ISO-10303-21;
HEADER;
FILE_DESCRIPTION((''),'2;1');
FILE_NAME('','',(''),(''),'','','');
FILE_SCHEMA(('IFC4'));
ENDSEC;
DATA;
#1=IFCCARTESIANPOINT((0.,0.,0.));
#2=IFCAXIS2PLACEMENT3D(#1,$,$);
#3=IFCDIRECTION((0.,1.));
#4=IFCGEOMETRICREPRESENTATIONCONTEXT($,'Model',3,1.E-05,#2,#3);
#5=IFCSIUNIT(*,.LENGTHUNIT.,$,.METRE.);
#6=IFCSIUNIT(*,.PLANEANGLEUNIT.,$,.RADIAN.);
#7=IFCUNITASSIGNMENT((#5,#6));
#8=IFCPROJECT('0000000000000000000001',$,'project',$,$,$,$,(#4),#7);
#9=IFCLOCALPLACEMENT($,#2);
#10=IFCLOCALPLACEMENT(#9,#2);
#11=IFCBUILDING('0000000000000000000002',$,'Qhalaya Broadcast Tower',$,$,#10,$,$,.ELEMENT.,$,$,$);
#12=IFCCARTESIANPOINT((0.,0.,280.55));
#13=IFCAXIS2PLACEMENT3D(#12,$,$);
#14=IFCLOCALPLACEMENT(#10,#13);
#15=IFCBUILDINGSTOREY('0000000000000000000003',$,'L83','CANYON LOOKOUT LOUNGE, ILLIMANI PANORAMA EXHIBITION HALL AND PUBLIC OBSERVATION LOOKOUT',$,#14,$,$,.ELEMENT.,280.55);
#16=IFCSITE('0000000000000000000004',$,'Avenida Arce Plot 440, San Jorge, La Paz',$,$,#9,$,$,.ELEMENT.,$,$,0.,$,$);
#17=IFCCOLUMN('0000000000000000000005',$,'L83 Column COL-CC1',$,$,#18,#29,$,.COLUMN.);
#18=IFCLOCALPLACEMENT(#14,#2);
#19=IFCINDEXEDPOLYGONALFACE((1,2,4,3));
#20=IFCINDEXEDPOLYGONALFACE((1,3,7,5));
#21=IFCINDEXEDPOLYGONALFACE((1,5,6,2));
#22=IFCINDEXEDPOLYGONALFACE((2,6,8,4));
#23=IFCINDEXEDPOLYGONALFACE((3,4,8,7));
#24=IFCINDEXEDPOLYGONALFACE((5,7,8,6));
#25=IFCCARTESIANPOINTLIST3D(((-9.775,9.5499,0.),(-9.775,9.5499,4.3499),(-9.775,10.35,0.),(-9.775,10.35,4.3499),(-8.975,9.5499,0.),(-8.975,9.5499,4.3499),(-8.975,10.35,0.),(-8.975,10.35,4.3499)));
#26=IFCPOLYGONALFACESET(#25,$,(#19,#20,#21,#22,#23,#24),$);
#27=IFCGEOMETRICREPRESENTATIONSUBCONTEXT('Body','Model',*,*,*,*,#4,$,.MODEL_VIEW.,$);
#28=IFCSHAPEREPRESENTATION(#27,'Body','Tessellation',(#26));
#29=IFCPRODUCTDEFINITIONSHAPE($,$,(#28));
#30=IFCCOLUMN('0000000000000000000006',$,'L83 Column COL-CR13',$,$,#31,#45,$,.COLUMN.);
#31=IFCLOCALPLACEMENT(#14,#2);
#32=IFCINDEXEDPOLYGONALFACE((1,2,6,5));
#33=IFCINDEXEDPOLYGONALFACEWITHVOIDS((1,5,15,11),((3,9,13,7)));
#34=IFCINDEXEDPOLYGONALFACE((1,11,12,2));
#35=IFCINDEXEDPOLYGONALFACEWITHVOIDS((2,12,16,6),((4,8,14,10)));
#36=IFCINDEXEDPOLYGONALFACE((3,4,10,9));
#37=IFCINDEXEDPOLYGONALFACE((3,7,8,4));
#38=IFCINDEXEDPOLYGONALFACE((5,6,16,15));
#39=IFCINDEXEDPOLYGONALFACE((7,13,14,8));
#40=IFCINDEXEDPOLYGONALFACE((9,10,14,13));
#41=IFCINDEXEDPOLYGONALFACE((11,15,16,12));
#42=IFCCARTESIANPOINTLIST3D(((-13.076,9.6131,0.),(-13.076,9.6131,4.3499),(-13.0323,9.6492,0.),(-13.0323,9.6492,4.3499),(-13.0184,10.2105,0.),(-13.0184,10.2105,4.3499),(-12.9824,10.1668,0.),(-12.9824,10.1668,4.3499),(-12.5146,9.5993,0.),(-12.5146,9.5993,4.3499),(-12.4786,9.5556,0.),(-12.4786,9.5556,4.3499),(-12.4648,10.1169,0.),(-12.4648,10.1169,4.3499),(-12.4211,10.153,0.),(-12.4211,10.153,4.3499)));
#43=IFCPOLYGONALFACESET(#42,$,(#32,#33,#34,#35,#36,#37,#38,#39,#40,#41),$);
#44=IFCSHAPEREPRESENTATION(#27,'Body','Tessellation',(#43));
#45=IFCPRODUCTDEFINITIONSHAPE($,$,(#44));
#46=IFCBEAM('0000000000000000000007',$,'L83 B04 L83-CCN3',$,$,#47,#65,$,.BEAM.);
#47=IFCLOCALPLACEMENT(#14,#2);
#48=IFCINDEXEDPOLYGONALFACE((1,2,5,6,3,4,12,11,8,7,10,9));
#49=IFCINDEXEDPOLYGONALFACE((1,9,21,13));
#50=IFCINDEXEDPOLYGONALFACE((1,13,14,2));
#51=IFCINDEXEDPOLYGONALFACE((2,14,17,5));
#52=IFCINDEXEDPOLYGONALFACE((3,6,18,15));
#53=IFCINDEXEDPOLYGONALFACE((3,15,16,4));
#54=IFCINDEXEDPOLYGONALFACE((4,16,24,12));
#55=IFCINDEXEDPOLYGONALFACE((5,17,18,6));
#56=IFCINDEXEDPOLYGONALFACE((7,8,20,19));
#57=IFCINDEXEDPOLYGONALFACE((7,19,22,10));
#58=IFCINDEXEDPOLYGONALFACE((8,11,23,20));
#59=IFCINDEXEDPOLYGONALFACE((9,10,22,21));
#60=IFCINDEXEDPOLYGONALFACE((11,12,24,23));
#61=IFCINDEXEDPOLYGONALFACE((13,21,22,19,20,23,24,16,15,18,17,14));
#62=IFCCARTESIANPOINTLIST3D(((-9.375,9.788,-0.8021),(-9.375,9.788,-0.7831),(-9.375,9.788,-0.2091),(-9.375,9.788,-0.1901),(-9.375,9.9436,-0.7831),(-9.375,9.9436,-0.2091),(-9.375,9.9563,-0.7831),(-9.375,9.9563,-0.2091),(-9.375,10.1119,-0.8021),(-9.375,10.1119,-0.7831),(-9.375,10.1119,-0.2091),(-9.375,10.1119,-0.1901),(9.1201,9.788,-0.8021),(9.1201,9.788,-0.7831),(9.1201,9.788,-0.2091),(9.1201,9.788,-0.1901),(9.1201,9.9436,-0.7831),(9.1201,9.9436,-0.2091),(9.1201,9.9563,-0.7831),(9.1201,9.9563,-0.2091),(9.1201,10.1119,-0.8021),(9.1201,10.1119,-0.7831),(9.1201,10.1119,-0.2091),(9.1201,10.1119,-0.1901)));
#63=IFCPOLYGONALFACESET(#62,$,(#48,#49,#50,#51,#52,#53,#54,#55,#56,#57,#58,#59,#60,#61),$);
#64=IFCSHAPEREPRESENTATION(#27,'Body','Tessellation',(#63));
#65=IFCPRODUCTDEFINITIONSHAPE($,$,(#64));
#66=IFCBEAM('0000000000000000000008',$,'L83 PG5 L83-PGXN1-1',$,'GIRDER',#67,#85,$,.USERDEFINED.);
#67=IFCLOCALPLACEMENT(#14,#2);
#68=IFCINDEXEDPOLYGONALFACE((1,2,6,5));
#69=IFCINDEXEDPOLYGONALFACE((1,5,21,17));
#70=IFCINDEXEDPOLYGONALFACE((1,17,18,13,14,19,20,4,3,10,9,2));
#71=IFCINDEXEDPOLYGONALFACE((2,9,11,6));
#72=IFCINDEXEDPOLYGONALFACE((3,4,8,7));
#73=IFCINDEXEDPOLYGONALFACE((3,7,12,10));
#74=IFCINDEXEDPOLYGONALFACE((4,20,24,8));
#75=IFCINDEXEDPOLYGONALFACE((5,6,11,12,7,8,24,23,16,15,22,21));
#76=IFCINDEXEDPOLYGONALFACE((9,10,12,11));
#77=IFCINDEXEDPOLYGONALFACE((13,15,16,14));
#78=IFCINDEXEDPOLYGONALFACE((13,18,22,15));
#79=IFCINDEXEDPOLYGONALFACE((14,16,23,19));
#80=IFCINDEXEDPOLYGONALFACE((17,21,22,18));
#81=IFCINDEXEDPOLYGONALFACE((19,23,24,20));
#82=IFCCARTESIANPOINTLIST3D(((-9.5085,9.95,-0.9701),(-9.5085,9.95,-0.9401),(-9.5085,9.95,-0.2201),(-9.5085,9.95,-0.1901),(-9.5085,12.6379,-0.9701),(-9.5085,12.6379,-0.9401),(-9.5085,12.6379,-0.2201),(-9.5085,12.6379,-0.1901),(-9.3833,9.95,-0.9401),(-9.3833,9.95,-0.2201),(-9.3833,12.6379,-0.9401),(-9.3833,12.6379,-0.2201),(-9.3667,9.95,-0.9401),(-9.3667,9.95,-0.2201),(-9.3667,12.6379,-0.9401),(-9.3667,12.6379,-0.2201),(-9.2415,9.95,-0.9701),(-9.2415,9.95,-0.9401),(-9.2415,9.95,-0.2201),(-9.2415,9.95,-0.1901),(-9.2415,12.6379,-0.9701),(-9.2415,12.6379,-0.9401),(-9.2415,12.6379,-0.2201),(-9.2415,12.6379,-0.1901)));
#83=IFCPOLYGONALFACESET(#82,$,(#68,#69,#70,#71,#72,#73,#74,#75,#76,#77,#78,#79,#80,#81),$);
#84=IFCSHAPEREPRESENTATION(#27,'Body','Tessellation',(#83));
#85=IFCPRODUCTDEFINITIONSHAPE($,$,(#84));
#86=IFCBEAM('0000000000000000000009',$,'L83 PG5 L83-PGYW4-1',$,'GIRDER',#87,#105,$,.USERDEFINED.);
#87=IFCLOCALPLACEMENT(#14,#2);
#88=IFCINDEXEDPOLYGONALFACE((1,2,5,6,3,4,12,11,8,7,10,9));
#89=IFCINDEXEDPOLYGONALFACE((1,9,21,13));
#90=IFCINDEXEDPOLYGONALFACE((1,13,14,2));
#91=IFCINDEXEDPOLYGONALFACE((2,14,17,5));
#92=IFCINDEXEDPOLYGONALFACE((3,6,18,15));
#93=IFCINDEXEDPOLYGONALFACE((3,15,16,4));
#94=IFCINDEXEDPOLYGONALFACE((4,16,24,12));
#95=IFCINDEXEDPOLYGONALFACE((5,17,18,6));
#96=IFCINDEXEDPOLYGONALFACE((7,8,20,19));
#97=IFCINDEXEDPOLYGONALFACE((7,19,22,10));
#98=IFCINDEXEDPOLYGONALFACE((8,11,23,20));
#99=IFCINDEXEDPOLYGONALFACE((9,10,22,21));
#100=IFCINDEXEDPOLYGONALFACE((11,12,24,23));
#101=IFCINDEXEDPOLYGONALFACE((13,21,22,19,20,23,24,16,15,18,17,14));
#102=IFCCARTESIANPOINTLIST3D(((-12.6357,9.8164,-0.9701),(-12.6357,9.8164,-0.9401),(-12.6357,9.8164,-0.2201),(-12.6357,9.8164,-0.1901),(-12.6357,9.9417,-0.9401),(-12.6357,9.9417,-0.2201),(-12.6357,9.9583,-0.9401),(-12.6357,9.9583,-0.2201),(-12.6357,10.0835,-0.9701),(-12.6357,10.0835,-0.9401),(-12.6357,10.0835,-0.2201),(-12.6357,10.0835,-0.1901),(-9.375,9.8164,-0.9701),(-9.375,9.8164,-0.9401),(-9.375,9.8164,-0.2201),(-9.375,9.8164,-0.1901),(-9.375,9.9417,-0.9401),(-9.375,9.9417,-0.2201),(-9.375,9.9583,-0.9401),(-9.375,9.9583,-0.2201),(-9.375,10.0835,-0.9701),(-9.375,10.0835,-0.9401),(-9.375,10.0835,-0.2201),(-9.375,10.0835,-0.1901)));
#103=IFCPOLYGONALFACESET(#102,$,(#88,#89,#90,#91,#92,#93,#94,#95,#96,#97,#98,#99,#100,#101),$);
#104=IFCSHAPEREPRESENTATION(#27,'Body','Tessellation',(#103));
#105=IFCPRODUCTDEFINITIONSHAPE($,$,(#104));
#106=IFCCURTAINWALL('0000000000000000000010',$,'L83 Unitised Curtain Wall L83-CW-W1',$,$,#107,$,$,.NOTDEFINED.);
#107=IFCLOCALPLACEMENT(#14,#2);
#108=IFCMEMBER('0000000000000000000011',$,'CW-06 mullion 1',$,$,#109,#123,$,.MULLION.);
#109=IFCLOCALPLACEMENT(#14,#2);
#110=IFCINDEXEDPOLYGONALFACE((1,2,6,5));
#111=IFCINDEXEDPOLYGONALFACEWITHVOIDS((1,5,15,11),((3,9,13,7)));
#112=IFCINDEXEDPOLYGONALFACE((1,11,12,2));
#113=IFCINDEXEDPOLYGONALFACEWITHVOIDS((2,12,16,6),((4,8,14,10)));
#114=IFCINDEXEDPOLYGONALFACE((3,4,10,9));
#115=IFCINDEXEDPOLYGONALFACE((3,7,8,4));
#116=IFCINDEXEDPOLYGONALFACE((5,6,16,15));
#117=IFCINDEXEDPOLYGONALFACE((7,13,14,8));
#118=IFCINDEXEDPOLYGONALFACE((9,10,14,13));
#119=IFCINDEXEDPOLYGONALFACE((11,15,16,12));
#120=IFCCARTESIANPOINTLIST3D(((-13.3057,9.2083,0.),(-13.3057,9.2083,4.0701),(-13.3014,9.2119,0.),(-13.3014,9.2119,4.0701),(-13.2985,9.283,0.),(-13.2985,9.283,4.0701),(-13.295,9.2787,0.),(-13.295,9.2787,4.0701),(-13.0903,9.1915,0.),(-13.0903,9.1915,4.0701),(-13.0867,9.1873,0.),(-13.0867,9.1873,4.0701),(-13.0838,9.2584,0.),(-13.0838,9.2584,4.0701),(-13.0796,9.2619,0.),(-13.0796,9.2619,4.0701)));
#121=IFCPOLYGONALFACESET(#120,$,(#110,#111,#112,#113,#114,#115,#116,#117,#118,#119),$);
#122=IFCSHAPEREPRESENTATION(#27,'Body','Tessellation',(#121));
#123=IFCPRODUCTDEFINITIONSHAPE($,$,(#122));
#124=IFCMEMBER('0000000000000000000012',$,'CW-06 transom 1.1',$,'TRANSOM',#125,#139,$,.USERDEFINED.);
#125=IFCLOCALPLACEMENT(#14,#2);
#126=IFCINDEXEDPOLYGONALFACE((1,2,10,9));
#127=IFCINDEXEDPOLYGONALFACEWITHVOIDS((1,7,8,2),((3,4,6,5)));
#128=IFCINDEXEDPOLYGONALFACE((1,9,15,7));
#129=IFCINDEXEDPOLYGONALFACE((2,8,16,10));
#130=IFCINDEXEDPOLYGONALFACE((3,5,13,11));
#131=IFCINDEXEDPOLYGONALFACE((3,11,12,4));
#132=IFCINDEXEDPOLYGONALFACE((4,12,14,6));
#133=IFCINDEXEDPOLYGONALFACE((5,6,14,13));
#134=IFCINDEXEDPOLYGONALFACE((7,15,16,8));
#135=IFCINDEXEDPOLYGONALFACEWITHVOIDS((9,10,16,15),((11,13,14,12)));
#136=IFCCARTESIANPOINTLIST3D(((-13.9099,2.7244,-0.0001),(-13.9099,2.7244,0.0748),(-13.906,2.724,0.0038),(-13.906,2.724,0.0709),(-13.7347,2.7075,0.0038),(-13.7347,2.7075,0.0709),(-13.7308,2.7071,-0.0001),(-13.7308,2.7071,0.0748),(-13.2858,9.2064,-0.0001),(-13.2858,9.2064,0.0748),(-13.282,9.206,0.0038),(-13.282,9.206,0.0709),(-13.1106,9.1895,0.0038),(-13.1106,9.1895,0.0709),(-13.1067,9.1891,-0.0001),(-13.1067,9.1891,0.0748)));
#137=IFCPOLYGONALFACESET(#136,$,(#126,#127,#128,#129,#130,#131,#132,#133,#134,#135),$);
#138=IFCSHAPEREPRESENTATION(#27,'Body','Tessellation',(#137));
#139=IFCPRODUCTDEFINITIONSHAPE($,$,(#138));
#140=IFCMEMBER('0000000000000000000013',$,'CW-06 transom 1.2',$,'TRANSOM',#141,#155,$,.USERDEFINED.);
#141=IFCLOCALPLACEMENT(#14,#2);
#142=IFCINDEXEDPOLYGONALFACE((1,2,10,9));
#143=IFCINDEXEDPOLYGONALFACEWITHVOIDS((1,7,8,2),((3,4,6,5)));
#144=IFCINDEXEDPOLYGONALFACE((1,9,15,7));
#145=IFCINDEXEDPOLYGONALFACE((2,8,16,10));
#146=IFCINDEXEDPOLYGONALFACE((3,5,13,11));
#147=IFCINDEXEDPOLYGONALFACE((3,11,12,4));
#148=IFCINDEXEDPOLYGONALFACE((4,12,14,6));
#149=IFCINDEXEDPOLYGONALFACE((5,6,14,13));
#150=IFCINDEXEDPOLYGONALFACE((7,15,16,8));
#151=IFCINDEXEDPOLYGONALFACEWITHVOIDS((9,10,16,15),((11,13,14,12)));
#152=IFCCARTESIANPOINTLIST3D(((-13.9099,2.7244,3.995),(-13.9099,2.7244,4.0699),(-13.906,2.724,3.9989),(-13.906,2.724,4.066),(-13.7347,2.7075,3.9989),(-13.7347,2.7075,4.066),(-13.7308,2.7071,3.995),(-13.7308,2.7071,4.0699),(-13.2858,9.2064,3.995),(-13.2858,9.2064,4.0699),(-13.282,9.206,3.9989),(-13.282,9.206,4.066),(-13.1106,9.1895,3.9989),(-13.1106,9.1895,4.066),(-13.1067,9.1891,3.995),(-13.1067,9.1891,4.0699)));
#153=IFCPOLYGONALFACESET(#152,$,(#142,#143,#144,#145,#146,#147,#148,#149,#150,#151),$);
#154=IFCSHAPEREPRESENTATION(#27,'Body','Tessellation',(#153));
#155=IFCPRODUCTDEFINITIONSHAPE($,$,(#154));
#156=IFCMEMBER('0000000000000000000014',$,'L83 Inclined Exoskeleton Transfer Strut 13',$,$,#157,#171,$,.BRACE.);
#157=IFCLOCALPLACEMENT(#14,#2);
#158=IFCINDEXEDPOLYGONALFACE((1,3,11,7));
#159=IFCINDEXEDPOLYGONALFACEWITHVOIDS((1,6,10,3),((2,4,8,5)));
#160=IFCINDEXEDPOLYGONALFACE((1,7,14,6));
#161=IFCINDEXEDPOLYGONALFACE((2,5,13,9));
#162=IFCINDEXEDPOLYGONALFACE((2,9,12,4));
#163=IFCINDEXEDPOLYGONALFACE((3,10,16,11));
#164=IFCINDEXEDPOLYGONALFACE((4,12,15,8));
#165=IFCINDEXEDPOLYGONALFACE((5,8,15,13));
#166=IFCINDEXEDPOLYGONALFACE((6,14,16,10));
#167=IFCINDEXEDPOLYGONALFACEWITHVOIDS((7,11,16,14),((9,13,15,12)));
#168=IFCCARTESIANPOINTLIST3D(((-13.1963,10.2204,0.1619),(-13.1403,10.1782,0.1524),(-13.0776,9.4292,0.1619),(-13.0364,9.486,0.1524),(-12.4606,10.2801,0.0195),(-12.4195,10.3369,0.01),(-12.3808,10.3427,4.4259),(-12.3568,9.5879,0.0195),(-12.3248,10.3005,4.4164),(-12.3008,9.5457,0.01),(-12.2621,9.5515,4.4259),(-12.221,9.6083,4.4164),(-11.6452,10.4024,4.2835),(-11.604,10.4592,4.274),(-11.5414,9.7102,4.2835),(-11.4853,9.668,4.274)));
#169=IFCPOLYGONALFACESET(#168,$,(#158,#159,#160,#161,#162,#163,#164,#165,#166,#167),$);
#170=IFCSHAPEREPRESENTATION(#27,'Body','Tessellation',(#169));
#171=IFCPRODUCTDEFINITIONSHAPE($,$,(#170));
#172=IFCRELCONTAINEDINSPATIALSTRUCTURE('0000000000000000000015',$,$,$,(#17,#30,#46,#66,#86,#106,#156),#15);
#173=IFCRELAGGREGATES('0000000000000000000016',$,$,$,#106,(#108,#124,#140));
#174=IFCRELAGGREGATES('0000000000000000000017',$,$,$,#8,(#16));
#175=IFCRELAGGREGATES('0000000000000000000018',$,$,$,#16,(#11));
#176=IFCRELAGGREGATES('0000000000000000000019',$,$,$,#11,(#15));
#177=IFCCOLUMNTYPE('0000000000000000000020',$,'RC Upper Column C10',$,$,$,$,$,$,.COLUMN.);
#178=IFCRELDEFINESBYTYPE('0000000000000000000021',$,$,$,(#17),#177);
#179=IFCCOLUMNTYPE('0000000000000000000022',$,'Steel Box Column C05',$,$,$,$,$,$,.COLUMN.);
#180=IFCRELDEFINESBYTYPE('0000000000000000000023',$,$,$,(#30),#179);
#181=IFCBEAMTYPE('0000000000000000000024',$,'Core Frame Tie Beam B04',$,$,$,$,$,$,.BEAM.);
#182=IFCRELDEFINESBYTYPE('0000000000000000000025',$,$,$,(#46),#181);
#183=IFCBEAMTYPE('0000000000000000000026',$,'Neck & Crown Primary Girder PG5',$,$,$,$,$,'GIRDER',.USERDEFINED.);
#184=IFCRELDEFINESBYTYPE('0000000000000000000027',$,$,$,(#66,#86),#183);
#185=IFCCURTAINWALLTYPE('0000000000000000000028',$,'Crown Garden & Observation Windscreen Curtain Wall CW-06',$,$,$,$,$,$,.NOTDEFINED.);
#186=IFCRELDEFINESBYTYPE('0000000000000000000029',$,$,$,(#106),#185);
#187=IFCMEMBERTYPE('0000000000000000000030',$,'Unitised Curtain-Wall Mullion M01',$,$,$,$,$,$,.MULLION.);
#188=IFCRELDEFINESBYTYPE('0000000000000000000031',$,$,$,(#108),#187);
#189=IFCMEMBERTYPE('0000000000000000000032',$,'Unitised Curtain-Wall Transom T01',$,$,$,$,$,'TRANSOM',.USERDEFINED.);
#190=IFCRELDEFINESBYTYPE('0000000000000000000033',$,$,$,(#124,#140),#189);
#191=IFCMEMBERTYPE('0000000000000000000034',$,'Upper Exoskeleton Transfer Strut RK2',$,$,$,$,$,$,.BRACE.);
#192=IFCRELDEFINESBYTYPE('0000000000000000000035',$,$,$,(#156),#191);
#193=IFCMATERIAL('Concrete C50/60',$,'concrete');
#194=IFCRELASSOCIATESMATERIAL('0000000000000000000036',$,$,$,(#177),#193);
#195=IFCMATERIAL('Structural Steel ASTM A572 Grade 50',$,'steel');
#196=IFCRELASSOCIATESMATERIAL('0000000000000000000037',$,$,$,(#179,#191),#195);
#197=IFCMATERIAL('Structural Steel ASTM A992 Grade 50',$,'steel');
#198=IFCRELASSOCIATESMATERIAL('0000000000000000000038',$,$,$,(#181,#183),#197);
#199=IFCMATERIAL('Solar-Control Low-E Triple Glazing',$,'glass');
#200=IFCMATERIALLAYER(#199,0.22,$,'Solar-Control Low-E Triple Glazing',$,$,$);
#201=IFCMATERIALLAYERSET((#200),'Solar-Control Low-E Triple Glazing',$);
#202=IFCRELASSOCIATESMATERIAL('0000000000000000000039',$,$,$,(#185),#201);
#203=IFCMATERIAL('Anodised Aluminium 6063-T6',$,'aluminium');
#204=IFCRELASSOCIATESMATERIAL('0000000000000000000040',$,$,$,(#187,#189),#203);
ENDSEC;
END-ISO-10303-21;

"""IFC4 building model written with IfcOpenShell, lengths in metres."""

from ifc_helpers import new_model, si_unit, direction, frame, origin, origin_2d, place, context, subcontext, project, spatial, rectangle, hollow_rectangle, i_section, extrude, material, layer, layer_set, material_profile, profile_set, type_object, element, aggregate, save


model = new_model("IFC4")

# Units and contexts
model_context = context("Model", 3, precision=1e-05, world=origin(), true_north=direction((0.0, 1.0)))
body_context = subcontext(model_context, "Body", "Model", "MODEL_VIEW")
ifc_project = project(units=[si_unit("LENGTHUNIT", "METRE"), si_unit("PLANEANGLEUNIT", "RADIAN")], contexts=[model_context])

# Site, building, storey
site_placement = place(None, origin())
site = spatial("IfcSite", under=ifc_project, at=site_placement, Name="Avenida Arce Plot 440, San Jorge, La Paz", CompositionType="ELEMENT", RefElevation=0.0)
building_placement = place(site_placement, origin())
building = spatial("IfcBuilding", under=site, at=building_placement, Name="Qhalaya Broadcast Tower", CompositionType="ELEMENT")
storey_placement = place(building_placement, frame((0.0, 0.0, 280.55)))
storey = spatial("IfcBuildingStorey", under=building, at=storey_placement, Name="L83", Description="CANYON LOOKOUT LOUNGE, ILLIMANI PANORAMA EXHIBITION HALL AND PUBLIC OBSERVATION LOOKOUT", CompositionType="ELEMENT", Elevation=280.55)

# Columns
ifc_material_1 = material(Name="Concrete C50/60", Category="concrete")
ifc_material_profile_1 = material_profile(ifc_material_1, rectangle(XDim=0.8, YDim=0.8, at=origin_2d()), Name="RC-COL 800x800")
ifc_profile_set_1 = profile_set([ifc_material_profile_1], Name="Concrete C50/60")
column_type_1 = type_object("IfcColumnType", Name="RC Upper Column C10", PredefinedType="COLUMN", material=ifc_profile_set_1)
column_1_placement = place(storey_placement, frame((-9.375, 9.95, 0.0), z_axis=(0.0, 0.0, 1.0), x_axis=(1.0, 0.0, 0.0)))
element("IfcColumn", 1, at=column_1_placement, inside=storey, type_object=column_type_1, Name="L83 Column COL-CC1", PredefinedType="COLUMN", context=body_context, shape_type="SweptSolid", body=[
    extrude(rectangle(XDim=0.8, YDim=0.8, at=origin_2d()), origin(), (0.0, 0.0, 1.0), 4.3499),
])
ifc_material_2 = material(Name="Structural Steel ASTM A572 Grade 50", Category="steel")
ifc_material_profile_2 = material_profile(ifc_material_2, hollow_rectangle(XDim=0.6001, YDim=0.6001, WallThickness=0.04, at=origin_2d()), Name="BOX 600x600x40")
ifc_profile_set_2 = profile_set([ifc_material_profile_2], Name="Structural Steel ASTM A572 Grade 50")
column_type_2 = type_object("IfcColumnType", Name="Steel Box Column C05", PredefinedType="COLUMN", material=ifc_profile_set_2)
column_2_placement = place(storey_placement, frame((-12.7485, 9.8831, 0.0), z_axis=(0.0, 0.0, 1.0), x_axis=(0.095846, 0.995396, 0.0)))
element("IfcColumn", 2, at=column_2_placement, inside=storey, type_object=column_type_2, Name="L83 Column COL-CR13", PredefinedType="COLUMN", context=body_context, shape_type="SweptSolid", body=[
    extrude(hollow_rectangle(XDim=0.6001, YDim=0.6001, WallThickness=0.04, at=origin_2d()), origin(), (0.0, 0.0, 1.0), 4.3499),
])

# Beams
ifc_material_3 = material(Name="Structural Steel ASTM A992 Grade 50", Category="steel")
ifc_material_profile_3 = material_profile(ifc_material_3, i_section(OverallWidth=0.324, OverallDepth=0.6121, WebThickness=0.0127, FlangeThickness=0.019, at=origin_2d()), Name="W24X104")
ifc_profile_set_3 = profile_set([ifc_material_profile_3], Name="Structural Steel ASTM A992 Grade 50")
beam_type_1 = type_object("IfcBeamType", Name="Core Frame Tie Beam B04", PredefinedType="BEAM", material=ifc_profile_set_3)
beam_1_placement = place(storey_placement, frame((-9.375, 9.95, -0.4961), z_axis=(1.0, 0.0, 0.0), x_axis=(0.0, 1.0, 0.0)))
element("IfcBeam", 3, at=beam_1_placement, inside=storey, type_object=beam_type_1, Name="L83 B04 L83-CCN3", PredefinedType="BEAM", context=body_context, shape_type="SweptSolid", body=[
    extrude(i_section(OverallWidth=0.324, OverallDepth=0.6121, WebThickness=0.0127, FlangeThickness=0.019, at=origin_2d()), origin(), (0.0, 0.0, 1.0), 18.4951),
])
ifc_material_profile_4 = material_profile(ifc_material_3, i_section(OverallWidth=0.2671, OverallDepth=0.78, WebThickness=0.0166, FlangeThickness=0.03, at=origin_2d()), Name="W30X148")
ifc_profile_set_4 = profile_set([ifc_material_profile_4], Name="Structural Steel ASTM A992 Grade 50")
beam_type_2 = type_object("IfcBeamType", Name="Neck & Crown Primary Girder PG5", ElementType="GIRDER", PredefinedType="USERDEFINED", material=ifc_profile_set_4)
beam_2_placement = place(storey_placement, frame((-9.375, 9.95, -0.5801), z_axis=(0.0, 1.0, 0.0), x_axis=(-1.0, 0.0, 0.0)))
element("IfcBeam", 4, at=beam_2_placement, inside=storey, type_object=beam_type_2, Name="L83 PG5 L83-PGXN1-1", ObjectType="GIRDER", PredefinedType="USERDEFINED", context=body_context, shape_type="SweptSolid", body=[
    extrude(i_section(OverallWidth=0.2671, OverallDepth=0.78, WebThickness=0.0166, FlangeThickness=0.03, at=origin_2d()), origin(), (0.0, 0.0, 1.0), 2.688),
])
beam_3_placement = place(storey_placement, frame((-12.6357, 9.95, -0.5801), z_axis=(1.0, 0.0, 0.0), x_axis=(0.0, 1.0, 0.0)))
element("IfcBeam", 5, at=beam_3_placement, inside=storey, type_object=beam_type_2, Name="L83 PG5 L83-PGYW4-1", ObjectType="GIRDER", PredefinedType="USERDEFINED", context=body_context, shape_type="SweptSolid", body=[
    extrude(i_section(OverallWidth=0.2671, OverallDepth=0.78, WebThickness=0.0166, FlangeThickness=0.03, at=origin_2d()), origin(), (0.0, 0.0, 1.0), 3.2607),
])

# Curtain wall, members
ifc_material_4 = material(Name="Solar-Control Low-E Triple Glazing", Category="glass")
ifc_layer_1 = layer(ifc_material_4, 0.22, Name="Solar-Control Low-E Triple Glazing")
ifc_layer_set_1 = layer_set([ifc_layer_1], Name="Solar-Control Low-E Triple Glazing")
curtain_wall_type = type_object("IfcCurtainWallType", Name="Crown Garden & Observation Windscreen Curtain Wall CW-06", PredefinedType="NOTDEFINED", material=ifc_layer_set_1)
curtain_wall_placement = place(storey_placement, origin())
curtain_wall = element("IfcCurtainWall", 6, at=curtain_wall_placement, inside=storey, type_object=curtain_wall_type, Name="L83 Unitised Curtain Wall L83-CW-W1", PredefinedType="NOTDEFINED")
ifc_material_5 = material(Name="Anodised Aluminium 6063-T6", Category="aluminium")
ifc_material_profile_5 = material_profile(ifc_material_5, hollow_rectangle(XDim=0.075, YDim=0.22, WallThickness=0.0039, at=origin_2d()), Name="ALU-MUL 75x220x4")
ifc_profile_set_5 = profile_set([ifc_material_profile_5], Name="Anodised Aluminium 6063-T6")
member_type_1 = type_object("IfcMemberType", Name="Unitised Curtain-Wall Mullion M01", PredefinedType="MULLION", material=ifc_profile_set_5)
member_1_placement = place(storey_placement, frame((-13.1926, 9.2351, 0.0), z_axis=(0.0, 0.0, 1.0), x_axis=(-0.095843, -0.995397, 0.0)))
member_1 = element("IfcMember", 7, at=member_1_placement, type_object=member_type_1, Name="CW-06 mullion 1", PredefinedType="MULLION", context=body_context, shape_type="SweptSolid", body=[
    extrude(hollow_rectangle(XDim=0.075, YDim=0.22, WallThickness=0.0039, at=origin_2d()), origin(), (0.0, 0.0, 1.0), 4.0701),
])
ifc_material_profile_6 = material_profile(ifc_material_5, hollow_rectangle(XDim=0.075, YDim=0.1799, WallThickness=0.0039, at=origin_2d()), Name="ALU-TRN 75x180x4")
ifc_profile_set_6 = profile_set([ifc_material_profile_6], Name="Anodised Aluminium 6063-T6")
member_type_2 = type_object("IfcMemberType", Name="Unitised Curtain-Wall Transom T01", ElementType="TRANSOM", PredefinedType="USERDEFINED", material=ifc_profile_set_6)
member_2_placement = place(storey_placement, frame((-13.1963, 9.1978, 0.0374), z_axis=(-0.095828, -0.995398, 0.0), x_axis=(0.0, 0.0, 1.0)))
member_2 = element("IfcMember", 8, at=member_2_placement, type_object=member_type_2, Name="CW-06 transom 1.1", ObjectType="TRANSOM", PredefinedType="USERDEFINED", context=body_context, shape_type="SweptSolid", body=[
    extrude(hollow_rectangle(XDim=0.075, YDim=0.1799, WallThickness=0.0039, at=origin_2d()), origin(), (0.0, 0.0, 1.0), 6.512),
])
member_3_placement = place(storey_placement, frame((-13.1963, 9.1978, 4.0325), z_axis=(-0.095828, -0.995398, 0.0), x_axis=(0.0, 0.0, 1.0)))
member_3 = element("IfcMember", 9, at=member_3_placement, type_object=member_type_2, Name="CW-06 transom 1.2", ObjectType="TRANSOM", PredefinedType="USERDEFINED", context=body_context, shape_type="SweptSolid", body=[
    extrude(hollow_rectangle(XDim=0.075, YDim=0.1799, WallThickness=0.0039, at=origin_2d()), origin(), (0.0, 0.0, 1.0), 6.512),
])
aggregate(curtain_wall, [member_1, member_2, member_3])

# Member
ifc_material_profile_7 = material_profile(ifc_material_2, hollow_rectangle(XDim=0.8, YDim=0.8, WallThickness=0.05, at=origin_2d()), Name="BOX 800x800x50")
ifc_profile_set_7 = profile_set([ifc_material_profile_7], Name="Structural Steel ASTM A572 Grade 50")
member_type_3 = type_object("IfcMemberType", Name="Upper Exoskeleton Transfer Strut RK2", PredefinedType="BRACE", material=ifc_profile_set_7)
member_4_placement = place(storey_placement, frame((-12.7485, 9.8831, 0.0859), z_axis=(0.187761, 0.028164, 0.981811), x_axis=(-0.14834, 0.988936, 0.0)))
element("IfcMember", 10, at=member_4_placement, inside=storey, type_object=member_type_3, Name="L83 Inclined Exoskeleton Transfer Strut 13", PredefinedType="BRACE", context=body_context, shape_type="SweptSolid", body=[
    extrude(hollow_rectangle(XDim=0.8, YDim=0.8, WallThickness=0.05, at=origin_2d()), origin(), (0.0, 0.0, 1.0), 4.343),
])

save(model, "model.ifc")
